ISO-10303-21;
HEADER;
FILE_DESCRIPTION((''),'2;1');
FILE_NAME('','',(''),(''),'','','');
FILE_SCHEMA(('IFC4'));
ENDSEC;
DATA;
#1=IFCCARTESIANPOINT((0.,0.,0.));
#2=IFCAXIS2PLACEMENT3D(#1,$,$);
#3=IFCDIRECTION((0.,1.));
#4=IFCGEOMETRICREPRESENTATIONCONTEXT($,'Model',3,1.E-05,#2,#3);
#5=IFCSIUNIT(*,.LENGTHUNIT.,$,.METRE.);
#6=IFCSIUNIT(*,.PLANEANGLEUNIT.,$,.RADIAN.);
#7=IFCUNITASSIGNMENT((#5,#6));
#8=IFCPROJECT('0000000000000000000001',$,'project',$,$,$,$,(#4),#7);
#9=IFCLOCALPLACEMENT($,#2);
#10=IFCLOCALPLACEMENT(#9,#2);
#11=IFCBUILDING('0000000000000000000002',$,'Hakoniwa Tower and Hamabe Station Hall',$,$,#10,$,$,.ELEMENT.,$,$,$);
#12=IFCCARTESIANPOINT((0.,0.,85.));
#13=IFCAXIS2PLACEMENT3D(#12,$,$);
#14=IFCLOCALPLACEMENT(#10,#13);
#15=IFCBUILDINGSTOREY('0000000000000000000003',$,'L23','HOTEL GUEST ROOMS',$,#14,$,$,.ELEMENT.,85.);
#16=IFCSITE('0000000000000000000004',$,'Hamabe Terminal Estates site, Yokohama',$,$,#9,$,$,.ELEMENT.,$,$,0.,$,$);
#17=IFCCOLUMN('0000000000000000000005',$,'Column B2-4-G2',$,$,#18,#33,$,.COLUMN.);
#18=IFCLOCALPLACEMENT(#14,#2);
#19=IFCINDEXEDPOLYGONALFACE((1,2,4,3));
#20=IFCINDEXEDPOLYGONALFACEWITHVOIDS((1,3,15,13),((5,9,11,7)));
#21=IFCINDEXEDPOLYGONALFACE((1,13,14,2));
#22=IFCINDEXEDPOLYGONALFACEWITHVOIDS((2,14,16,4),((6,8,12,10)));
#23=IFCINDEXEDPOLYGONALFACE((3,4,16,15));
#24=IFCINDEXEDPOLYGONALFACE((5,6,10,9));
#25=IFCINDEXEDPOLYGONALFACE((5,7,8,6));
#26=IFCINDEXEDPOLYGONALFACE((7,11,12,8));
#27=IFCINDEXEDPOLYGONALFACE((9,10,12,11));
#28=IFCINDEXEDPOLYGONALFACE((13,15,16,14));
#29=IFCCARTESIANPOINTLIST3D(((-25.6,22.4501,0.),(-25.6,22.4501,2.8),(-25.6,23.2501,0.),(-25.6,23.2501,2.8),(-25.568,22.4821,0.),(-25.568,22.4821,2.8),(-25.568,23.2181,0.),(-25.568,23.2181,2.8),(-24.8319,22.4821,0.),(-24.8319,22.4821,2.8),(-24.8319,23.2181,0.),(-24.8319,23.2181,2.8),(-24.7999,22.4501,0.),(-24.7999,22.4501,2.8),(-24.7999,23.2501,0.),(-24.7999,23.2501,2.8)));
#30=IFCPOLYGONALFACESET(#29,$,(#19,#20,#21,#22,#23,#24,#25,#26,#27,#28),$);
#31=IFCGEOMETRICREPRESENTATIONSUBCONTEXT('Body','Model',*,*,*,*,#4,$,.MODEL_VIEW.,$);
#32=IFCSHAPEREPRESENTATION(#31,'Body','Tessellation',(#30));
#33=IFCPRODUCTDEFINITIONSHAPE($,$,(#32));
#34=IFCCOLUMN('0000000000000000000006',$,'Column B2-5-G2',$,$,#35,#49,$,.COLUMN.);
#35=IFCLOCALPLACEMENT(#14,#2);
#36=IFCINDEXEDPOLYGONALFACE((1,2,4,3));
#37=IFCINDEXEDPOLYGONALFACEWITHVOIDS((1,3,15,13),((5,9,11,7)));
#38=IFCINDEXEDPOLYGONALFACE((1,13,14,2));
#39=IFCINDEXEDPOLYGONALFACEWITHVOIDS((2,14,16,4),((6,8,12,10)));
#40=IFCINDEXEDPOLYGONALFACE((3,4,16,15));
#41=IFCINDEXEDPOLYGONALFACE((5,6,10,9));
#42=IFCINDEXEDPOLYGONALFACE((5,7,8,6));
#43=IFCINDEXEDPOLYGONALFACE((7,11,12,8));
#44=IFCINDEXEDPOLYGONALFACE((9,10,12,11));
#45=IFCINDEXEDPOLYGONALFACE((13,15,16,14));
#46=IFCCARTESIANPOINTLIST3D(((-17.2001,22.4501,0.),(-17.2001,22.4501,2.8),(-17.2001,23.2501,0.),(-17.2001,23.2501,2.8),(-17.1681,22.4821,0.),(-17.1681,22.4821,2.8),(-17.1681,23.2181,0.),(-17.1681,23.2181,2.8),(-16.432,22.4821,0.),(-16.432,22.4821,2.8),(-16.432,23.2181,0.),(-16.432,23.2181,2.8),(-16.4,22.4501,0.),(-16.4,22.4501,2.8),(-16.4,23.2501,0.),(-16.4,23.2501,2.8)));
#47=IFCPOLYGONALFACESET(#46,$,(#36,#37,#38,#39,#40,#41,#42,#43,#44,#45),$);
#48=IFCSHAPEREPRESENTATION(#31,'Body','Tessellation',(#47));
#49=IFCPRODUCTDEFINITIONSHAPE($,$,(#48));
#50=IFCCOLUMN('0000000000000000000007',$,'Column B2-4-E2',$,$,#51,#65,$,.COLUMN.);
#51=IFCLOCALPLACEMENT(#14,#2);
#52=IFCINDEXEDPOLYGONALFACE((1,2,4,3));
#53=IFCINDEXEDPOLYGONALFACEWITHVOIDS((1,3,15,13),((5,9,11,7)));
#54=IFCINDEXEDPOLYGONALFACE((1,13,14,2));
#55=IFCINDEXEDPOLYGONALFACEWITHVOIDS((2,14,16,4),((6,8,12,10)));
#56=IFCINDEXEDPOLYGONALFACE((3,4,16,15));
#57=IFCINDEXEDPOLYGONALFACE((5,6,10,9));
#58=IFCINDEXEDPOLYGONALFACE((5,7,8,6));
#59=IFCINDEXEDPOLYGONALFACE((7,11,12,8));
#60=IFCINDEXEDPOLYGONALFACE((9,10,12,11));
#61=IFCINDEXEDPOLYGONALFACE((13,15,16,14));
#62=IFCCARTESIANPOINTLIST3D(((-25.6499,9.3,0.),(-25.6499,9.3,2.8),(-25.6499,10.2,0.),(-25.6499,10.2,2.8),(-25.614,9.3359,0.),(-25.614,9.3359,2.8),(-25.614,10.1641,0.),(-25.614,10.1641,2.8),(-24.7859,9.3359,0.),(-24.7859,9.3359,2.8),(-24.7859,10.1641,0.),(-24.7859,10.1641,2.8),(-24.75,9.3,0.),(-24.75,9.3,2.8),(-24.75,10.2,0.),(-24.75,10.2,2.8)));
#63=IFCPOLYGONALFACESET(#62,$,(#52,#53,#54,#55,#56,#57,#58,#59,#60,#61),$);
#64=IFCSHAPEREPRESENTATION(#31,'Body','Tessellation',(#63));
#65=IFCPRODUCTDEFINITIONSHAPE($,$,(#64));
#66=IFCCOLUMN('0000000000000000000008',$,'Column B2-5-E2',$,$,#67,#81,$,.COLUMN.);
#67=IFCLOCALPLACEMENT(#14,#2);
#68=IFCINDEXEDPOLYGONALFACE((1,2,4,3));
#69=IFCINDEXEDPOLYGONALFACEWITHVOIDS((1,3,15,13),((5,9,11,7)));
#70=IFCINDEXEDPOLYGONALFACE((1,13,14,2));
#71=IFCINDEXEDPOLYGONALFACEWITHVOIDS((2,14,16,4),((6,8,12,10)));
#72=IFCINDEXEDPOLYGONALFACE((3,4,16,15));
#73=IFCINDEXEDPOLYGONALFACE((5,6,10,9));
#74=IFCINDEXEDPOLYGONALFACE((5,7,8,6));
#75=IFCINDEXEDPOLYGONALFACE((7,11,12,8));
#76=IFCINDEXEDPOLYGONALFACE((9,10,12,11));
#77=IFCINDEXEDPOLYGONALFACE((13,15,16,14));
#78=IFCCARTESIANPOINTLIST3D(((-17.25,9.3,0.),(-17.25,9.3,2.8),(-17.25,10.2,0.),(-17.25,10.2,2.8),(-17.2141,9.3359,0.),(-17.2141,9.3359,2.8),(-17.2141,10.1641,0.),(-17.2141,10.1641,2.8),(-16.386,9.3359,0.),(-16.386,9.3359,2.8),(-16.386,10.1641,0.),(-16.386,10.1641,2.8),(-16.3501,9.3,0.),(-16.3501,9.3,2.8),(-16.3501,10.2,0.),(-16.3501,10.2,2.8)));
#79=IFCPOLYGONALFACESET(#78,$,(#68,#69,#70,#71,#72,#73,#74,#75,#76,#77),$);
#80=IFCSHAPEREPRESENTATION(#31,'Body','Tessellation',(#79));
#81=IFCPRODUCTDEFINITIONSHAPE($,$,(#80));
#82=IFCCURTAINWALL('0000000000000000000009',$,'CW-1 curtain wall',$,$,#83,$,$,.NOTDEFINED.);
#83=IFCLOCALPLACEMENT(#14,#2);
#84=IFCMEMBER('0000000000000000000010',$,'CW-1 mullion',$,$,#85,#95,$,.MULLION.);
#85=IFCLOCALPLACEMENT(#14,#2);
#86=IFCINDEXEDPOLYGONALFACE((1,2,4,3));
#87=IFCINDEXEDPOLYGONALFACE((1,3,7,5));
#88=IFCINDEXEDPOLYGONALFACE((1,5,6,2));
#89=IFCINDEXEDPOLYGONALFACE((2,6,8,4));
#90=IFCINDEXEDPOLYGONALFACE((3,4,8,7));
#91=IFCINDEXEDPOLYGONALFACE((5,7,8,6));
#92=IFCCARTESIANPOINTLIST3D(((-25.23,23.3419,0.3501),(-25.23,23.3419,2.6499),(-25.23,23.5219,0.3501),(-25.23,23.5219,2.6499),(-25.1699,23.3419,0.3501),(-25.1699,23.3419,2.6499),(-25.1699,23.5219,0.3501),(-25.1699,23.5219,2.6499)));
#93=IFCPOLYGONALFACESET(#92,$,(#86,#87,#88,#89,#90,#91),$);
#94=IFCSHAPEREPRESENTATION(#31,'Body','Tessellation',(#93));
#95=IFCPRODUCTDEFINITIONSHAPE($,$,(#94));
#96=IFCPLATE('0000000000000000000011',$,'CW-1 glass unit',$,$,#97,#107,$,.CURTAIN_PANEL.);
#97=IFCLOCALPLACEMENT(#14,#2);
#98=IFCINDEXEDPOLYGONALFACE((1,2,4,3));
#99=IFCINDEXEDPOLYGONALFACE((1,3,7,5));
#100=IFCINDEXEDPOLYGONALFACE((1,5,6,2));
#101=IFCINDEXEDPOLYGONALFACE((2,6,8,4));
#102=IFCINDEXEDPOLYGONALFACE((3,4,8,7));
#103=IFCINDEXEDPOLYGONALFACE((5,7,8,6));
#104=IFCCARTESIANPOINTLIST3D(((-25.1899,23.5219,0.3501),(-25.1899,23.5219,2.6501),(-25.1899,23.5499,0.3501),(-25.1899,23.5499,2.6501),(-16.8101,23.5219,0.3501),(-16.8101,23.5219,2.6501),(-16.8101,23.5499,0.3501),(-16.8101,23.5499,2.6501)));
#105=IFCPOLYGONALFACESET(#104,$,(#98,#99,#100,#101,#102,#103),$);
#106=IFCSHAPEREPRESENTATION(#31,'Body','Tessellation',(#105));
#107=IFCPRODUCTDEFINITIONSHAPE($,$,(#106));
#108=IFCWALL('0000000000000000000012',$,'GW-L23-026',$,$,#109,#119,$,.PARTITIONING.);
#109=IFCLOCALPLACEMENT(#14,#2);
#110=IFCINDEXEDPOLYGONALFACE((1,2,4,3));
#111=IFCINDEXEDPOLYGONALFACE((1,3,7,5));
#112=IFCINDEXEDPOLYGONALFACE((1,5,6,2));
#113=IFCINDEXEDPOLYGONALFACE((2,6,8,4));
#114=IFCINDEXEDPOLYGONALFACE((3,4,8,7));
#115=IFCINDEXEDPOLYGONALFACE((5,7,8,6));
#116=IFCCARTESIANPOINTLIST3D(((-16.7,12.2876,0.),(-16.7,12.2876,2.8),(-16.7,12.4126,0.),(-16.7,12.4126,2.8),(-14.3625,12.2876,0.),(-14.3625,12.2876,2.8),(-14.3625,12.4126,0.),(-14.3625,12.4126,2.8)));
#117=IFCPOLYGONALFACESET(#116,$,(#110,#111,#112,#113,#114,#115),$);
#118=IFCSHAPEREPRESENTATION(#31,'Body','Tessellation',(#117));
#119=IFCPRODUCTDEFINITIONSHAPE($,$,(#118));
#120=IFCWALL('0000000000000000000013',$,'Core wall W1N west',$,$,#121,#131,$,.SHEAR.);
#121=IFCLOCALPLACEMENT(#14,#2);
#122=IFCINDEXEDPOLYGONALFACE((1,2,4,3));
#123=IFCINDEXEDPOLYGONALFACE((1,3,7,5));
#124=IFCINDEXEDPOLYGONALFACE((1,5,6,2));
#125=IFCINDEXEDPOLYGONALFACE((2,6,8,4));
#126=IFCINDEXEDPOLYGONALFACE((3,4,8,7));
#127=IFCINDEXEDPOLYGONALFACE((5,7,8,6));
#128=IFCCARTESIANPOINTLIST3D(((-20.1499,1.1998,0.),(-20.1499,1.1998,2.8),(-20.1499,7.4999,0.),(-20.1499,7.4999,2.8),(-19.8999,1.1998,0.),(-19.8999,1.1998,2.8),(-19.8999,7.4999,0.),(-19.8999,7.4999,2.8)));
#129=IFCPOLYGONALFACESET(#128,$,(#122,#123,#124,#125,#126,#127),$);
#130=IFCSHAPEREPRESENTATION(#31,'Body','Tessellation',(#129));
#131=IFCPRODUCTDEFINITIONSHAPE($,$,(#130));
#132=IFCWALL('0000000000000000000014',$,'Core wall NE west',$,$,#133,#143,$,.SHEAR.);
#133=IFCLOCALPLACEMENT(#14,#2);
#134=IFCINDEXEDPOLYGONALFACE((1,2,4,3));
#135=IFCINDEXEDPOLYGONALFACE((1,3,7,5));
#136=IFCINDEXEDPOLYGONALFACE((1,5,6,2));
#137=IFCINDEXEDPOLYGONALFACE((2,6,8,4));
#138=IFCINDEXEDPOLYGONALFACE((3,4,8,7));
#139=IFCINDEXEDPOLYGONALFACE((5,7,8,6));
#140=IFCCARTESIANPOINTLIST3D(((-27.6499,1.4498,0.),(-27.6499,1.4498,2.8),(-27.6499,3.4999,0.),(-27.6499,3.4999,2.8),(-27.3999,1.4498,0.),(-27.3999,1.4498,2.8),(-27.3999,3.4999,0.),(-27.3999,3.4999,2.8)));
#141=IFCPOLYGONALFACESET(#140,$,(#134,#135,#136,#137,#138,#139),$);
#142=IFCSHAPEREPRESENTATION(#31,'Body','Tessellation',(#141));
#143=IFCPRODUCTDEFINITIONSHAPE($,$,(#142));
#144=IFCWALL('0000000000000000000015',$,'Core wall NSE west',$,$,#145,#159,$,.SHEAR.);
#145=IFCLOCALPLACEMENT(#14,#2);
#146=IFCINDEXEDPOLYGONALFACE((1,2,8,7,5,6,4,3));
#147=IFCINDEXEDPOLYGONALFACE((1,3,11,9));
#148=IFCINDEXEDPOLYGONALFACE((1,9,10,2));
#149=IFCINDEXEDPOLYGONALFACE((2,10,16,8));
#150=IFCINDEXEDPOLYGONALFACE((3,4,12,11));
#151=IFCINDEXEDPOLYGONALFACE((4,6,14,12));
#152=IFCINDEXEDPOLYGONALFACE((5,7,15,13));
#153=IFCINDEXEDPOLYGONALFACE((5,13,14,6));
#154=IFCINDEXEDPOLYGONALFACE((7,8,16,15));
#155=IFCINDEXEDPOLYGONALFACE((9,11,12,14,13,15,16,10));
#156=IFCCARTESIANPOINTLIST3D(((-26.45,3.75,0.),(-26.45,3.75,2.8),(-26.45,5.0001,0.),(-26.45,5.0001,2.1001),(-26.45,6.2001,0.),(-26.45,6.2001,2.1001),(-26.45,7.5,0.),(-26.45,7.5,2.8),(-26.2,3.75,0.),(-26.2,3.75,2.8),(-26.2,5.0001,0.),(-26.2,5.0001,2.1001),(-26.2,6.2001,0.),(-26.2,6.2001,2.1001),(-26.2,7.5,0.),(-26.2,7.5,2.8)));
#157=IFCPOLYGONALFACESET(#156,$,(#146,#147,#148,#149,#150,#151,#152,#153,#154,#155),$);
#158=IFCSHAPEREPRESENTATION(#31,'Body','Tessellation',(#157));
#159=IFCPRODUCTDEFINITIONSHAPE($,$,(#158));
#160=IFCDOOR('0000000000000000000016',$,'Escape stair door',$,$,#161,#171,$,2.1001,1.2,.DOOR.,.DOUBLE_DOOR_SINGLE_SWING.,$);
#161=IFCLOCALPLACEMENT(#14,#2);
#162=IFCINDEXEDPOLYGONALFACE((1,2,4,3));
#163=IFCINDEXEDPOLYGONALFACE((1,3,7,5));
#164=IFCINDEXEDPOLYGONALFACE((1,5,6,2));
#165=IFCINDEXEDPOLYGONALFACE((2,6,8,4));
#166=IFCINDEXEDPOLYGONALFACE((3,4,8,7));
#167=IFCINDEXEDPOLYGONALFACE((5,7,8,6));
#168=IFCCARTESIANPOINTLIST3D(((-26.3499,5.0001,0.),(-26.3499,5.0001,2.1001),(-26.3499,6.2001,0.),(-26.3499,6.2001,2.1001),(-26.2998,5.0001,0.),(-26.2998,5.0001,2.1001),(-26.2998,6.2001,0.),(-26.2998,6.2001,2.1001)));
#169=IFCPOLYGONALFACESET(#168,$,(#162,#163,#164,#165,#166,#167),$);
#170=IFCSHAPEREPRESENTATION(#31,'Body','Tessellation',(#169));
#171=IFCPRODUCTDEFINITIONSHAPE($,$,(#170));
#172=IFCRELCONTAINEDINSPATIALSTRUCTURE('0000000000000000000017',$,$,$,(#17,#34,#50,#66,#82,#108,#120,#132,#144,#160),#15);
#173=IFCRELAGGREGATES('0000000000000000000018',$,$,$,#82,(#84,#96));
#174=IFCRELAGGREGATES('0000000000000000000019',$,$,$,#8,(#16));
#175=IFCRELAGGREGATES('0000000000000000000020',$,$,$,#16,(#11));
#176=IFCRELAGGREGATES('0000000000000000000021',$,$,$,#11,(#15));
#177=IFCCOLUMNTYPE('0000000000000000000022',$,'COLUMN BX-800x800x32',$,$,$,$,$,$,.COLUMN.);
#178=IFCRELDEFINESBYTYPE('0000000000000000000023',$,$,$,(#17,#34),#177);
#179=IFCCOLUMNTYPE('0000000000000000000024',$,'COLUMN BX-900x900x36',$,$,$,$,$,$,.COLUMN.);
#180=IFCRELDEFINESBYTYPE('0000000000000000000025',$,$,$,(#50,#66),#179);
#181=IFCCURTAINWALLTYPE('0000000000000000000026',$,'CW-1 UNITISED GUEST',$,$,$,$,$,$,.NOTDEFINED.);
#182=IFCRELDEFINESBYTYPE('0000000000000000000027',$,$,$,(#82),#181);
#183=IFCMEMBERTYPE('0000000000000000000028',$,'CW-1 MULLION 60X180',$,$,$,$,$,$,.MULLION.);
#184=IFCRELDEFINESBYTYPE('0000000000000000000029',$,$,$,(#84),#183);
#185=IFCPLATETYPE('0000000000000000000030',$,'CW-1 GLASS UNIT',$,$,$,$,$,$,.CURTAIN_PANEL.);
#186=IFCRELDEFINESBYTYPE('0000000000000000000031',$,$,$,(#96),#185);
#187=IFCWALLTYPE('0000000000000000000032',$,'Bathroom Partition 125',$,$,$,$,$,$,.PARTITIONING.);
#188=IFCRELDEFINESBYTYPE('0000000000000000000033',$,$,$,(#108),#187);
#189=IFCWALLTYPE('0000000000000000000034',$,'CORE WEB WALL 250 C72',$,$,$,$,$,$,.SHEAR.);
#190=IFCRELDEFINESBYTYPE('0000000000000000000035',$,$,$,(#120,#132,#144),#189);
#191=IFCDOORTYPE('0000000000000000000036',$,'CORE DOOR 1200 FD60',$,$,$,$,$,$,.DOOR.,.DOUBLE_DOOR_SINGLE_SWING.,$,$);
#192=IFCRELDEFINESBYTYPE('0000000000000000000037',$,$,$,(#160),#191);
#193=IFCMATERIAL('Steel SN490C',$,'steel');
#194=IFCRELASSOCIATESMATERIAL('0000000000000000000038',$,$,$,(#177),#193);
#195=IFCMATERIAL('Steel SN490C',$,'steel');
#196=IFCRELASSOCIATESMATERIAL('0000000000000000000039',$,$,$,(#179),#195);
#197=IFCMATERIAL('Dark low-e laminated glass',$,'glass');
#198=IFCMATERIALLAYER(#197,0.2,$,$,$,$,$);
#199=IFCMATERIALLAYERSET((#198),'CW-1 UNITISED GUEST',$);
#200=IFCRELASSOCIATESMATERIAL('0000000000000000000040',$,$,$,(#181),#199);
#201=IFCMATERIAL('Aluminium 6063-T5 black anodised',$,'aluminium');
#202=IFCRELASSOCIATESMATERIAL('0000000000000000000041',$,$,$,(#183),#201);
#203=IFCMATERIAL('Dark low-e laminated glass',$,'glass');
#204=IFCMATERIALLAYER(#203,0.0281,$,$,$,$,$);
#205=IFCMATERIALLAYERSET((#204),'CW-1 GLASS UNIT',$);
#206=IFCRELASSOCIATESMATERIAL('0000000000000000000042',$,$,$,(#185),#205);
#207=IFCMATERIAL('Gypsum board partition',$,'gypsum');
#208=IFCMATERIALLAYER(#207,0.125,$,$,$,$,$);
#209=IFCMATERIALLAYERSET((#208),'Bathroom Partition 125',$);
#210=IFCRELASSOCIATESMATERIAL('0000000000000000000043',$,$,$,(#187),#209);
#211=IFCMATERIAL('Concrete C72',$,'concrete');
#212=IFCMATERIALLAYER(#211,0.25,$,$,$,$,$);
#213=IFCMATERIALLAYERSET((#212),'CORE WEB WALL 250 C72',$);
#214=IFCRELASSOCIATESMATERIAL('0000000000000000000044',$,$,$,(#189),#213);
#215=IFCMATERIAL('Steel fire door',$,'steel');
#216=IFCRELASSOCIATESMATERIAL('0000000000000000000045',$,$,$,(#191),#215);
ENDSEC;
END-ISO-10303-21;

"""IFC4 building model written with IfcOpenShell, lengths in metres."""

from ifc_helpers import new_model, si_unit, direction, frame, frame_2d, origin, origin_2d, place, context, subcontext, project, spatial, rectangle, hollow_rectangle, extrude, material, layer, layer_set, material_profile, profile_set, type_object, element, fill, aggregate, save


model = new_model("IFC4")

# Units and contexts
model_context = context("Model", 3, precision=1e-05, world=origin(), true_north=direction((0.0, 1.0)))
body_context = subcontext(model_context, "Body", "Model", "MODEL_VIEW")
ifc_project = project(units=[si_unit("LENGTHUNIT", "METRE"), si_unit("PLANEANGLEUNIT", "RADIAN")], contexts=[model_context])

# Site, building, storey
site_placement = place(None, origin())
site = spatial("IfcSite", under=ifc_project, at=site_placement, Name="Hamabe Terminal Estates site, Yokohama", CompositionType="ELEMENT", RefElevation=0.0)
building_placement = place(site_placement, origin())
building = spatial("IfcBuilding", under=site, at=building_placement, Name="Hakoniwa Tower and Hamabe Station Hall", CompositionType="ELEMENT")
storey_placement = place(building_placement, frame((0.0, 0.0, 85.0)))
storey = spatial("IfcBuildingStorey", under=building, at=storey_placement, Name="L23", Description="HOTEL GUEST ROOMS", CompositionType="ELEMENT", Elevation=85.0)

# Columns
ifc_material_1 = material(Name="Steel SN490C", Category="steel")
ifc_material_profile_1 = material_profile(ifc_material_1, hollow_rectangle(XDim=0.8, YDim=0.8, WallThickness=0.032, at=origin_2d()), Name="BX-800x800x32")
ifc_profile_set_1 = profile_set([ifc_material_profile_1], Name="Steel SN490C")
column_type_1 = type_object("IfcColumnType", Name="COLUMN BX-800x800x32", PredefinedType="COLUMN", material=ifc_profile_set_1)
for number, where, z_axis, x_axis, name in (
    (1, (-25.2, 22.8501, 0.0), (0.0, 0.0, 1.0), (1.0, 0.0, 0.0), "Column B2-4-G2"),
    (2, (-16.8, 22.8501, 0.0), (0.0, 0.0, 1.0), (1.0, 0.0, 0.0), "Column B2-5-G2"),
):
    element("IfcColumn", number, at=place(storey_placement, frame(where, z_axis=z_axis, x_axis=x_axis)), inside=storey, type_object=column_type_1, Name=name, PredefinedType="COLUMN", context=body_context, shape_type="SweptSolid", body=[
        extrude(hollow_rectangle(XDim=0.8, YDim=0.8, WallThickness=0.032, at=origin_2d()), origin(), (0.0, 0.0, 1.0), 2.8),
    ])
ifc_material_2 = material(Name="Steel SN490C", Category="steel")
ifc_material_profile_2 = material_profile(ifc_material_2, hollow_rectangle(XDim=0.8999, YDim=0.8999, WallThickness=0.0359, at=origin_2d()), Name="BX-900x900x36")
ifc_profile_set_2 = profile_set([ifc_material_profile_2], Name="Steel SN490C")
column_type_2 = type_object("IfcColumnType", Name="COLUMN BX-900x900x36", PredefinedType="COLUMN", material=ifc_profile_set_2)
for number, where, z_axis, x_axis, name in (
    (3, (-25.2, 9.75, 0.0), (0.0, 0.0, 1.0), (1.0, 0.0, 0.0), "Column B2-4-E2"),
    (4, (-16.8, 9.75, 0.0), (0.0, 0.0, 1.0), (1.0, 0.0, 0.0), "Column B2-5-E2"),
):
    element("IfcColumn", number, at=place(storey_placement, frame(where, z_axis=z_axis, x_axis=x_axis)), inside=storey, type_object=column_type_2, Name=name, PredefinedType="COLUMN", context=body_context, shape_type="SweptSolid", body=[
        extrude(hollow_rectangle(XDim=0.8999, YDim=0.8999, WallThickness=0.0359, at=origin_2d()), origin(), (0.0, 0.0, 1.0), 2.8),
    ])

# Curtain wall, member, plate
ifc_material_3 = material(Name="Dark low-e laminated glass", Category="glass")
ifc_layer_1 = layer(ifc_material_3, 0.2)
ifc_layer_set_1 = layer_set([ifc_layer_1], Name="CW-1 UNITISED GUEST")
curtain_wall_type = type_object("IfcCurtainWallType", Name="CW-1 UNITISED GUEST", PredefinedType="NOTDEFINED", material=ifc_layer_set_1)
curtain_wall_placement = place(storey_placement, origin())
curtain_wall = element("IfcCurtainWall", 5, at=curtain_wall_placement, inside=storey, type_object=curtain_wall_type, Name="CW-1 curtain wall", PredefinedType="NOTDEFINED")
ifc_material_4 = material(Name="Aluminium 6063-T5 black anodised", Category="aluminium")
ifc_material_profile_3 = material_profile(ifc_material_4, rectangle(XDim=0.0601, YDim=0.1799, at=origin_2d()), Name="CW-1 MULLION 60X180")
ifc_profile_set_3 = profile_set([ifc_material_profile_3], Name="Aluminium 6063-T5 black anodised")
member_type = type_object("IfcMemberType", Name="CW-1 MULLION 60X180", PredefinedType="MULLION", material=ifc_profile_set_3)
member_placement = place(storey_placement, frame((-25.2, 23.4319, 0.3501), z_axis=(0.0, 0.0, 1.0), x_axis=(-1.0, 0.0, 0.0)))
member = element("IfcMember", 6, at=member_placement, type_object=member_type, Name="CW-1 mullion", PredefinedType="MULLION", context=body_context, shape_type="SweptSolid", body=[
    extrude(rectangle(XDim=0.0601, YDim=0.1799, at=origin_2d()), origin(), (0.0, 0.0, 1.0), 2.2998),
])
ifc_material_5 = material(Name="Dark low-e laminated glass", Category="glass")
ifc_layer_2 = layer(ifc_material_5, 0.0281)
ifc_layer_set_2 = layer_set([ifc_layer_2], Name="CW-1 GLASS UNIT")
plate_type = type_object("IfcPlateType", Name="CW-1 GLASS UNIT", PredefinedType="CURTAIN_PANEL", material=ifc_layer_set_2)
plate_placement = place(storey_placement, frame((-21.0, 23.5359, 0.3501), z_axis=(0.0, 0.0, 1.0), x_axis=(-1.0, 0.0, 0.0)))
plate = element("IfcPlate", 7, at=plate_placement, type_object=plate_type, Name="CW-1 glass unit", PredefinedType="CURTAIN_PANEL", context=body_context, shape_type="SweptSolid", body=[
    extrude(rectangle(XDim=8.3799, YDim=0.0281, at=origin_2d()), origin(), (0.0, 0.0, 1.0), 2.3),
])
aggregate(curtain_wall, [member, plate])

# Walls
ifc_material_6 = material(Name="Gypsum board partition", Category="gypsum")
ifc_layer_3 = layer(ifc_material_6, 0.125)
ifc_layer_set_3 = layer_set([ifc_layer_3], Name="Bathroom Partition 125")
wall_type_1 = type_object("IfcWallType", Name="Bathroom Partition 125", PredefinedType="PARTITIONING", material=ifc_layer_set_3)
wall_1_placement = place(storey_placement, frame((-16.7, 12.3501, 0.0), z_axis=(0.0, 0.0, 1.0), x_axis=(1.0, 0.0, 0.0)))
element("IfcWall", 8, at=wall_1_placement, inside=storey, type_object=wall_type_1, Name="GW-L23-026", PredefinedType="PARTITIONING", context=body_context, shape_type="SweptSolid", body=[
    extrude(rectangle(XDim=2.3374, YDim=0.125, at=frame_2d((1.1687, 0.0))), origin(), (0.0, 0.0, 1.0), 2.8),
])
ifc_material_7 = material(Name="Concrete C72", Category="concrete")
ifc_layer_4 = layer(ifc_material_7, 0.25)
ifc_layer_set_4 = layer_set([ifc_layer_4], Name="CORE WEB WALL 250 C72")
wall_type_2 = type_object("IfcWallType", Name="CORE WEB WALL 250 C72", PredefinedType="SHEAR", material=ifc_layer_set_4)
wall_2_placement = place(storey_placement, frame((-20.0249, 1.2, 0.0), z_axis=(0.0, 0.0, 1.0), x_axis=(0.0, 1.0, 0.0)))
element("IfcWall", 9, at=wall_2_placement, inside=storey, type_object=wall_type_2, Name="Core wall W1N west", PredefinedType="SHEAR", context=body_context, shape_type="SweptSolid", body=[
    extrude(rectangle(XDim=6.3, YDim=0.25, at=frame_2d((3.1499, 0.0))), origin(), (0.0, 0.0, 1.0), 2.8),
])
wall_3_placement = place(storey_placement, frame((-27.5249, 1.45, 0.0), z_axis=(0.0, 0.0, 1.0), x_axis=(0.0, 1.0, 0.0)))
element("IfcWall", 10, at=wall_3_placement, inside=storey, type_object=wall_type_2, Name="Core wall NE west", PredefinedType="SHEAR", context=body_context, shape_type="SweptSolid", body=[
    extrude(rectangle(XDim=2.05, YDim=0.25, at=frame_2d((1.0249, 0.0))), origin(), (0.0, 0.0, 1.0), 2.8),
])

# Wall, opening, door
wall_4_placement = place(storey_placement, frame((-26.325, 3.75, 0.0), z_axis=(0.0, 0.0, 1.0), x_axis=(0.0, 1.0, 0.0)))
wall_4 = element("IfcWall", 11, at=wall_4_placement, inside=storey, type_object=wall_type_2, Name="Core wall NSE west", PredefinedType="SHEAR", context=body_context, shape_type="SweptSolid", body=[
    extrude(rectangle(XDim=3.75, YDim=0.25, at=frame_2d((1.875, 0.0))), origin(), (0.0, 0.0, 1.0), 2.8),
])
opening_1_placement = place(wall_4_placement, frame((1.25, 0.0, 0.0)))
opening_1 = element("IfcOpeningElement", 12, at=opening_1_placement, cuts=wall_4, PredefinedType="OPENING", context=body_context, shape_type="SweptSolid", body=[
    extrude(rectangle(XDim=1.2, YDim=2.1001, at=frame_2d((0.6001, 1.05))), frame((0.0, 0.135, 0.0), z_axis=(0.0, -1.0, 0.0), x_axis=(1.0, 0.0, 0.0)), (0.0, 0.0, 1.0), 0.27),
])
ifc_material_8 = material(Name="Steel fire door", Category="steel")
door_type_1 = type_object("IfcDoorType", Name="CORE DOOR 1200 FD60", OperationType="DOUBLE_DOOR_SINGLE_SWING", PredefinedType="DOOR", material=ifc_material_8)
door_1_placement = place(opening_1_placement, origin())
door_1 = element("IfcDoor", 13, at=door_1_placement, inside=storey, type_object=door_type_1, Name="Escape stair door", OperationType="DOUBLE_DOOR_SINGLE_SWING", OverallHeight=2.1001, OverallWidth=1.2, PredefinedType="DOOR", context=body_context, shape_type="SweptSolid", body=[
    extrude(rectangle(XDim=1.2, YDim=2.1001, at=frame_2d((0.6001, 1.05))), frame((0.0, 0.0249, 0.0), z_axis=(0.0, -1.0, 0.0), x_axis=(1.0, 0.0, 0.0)), (0.0, 0.0, 1.0), 0.05),
])
fill(opening_1, door_1)

save(model, "model.ifc")
